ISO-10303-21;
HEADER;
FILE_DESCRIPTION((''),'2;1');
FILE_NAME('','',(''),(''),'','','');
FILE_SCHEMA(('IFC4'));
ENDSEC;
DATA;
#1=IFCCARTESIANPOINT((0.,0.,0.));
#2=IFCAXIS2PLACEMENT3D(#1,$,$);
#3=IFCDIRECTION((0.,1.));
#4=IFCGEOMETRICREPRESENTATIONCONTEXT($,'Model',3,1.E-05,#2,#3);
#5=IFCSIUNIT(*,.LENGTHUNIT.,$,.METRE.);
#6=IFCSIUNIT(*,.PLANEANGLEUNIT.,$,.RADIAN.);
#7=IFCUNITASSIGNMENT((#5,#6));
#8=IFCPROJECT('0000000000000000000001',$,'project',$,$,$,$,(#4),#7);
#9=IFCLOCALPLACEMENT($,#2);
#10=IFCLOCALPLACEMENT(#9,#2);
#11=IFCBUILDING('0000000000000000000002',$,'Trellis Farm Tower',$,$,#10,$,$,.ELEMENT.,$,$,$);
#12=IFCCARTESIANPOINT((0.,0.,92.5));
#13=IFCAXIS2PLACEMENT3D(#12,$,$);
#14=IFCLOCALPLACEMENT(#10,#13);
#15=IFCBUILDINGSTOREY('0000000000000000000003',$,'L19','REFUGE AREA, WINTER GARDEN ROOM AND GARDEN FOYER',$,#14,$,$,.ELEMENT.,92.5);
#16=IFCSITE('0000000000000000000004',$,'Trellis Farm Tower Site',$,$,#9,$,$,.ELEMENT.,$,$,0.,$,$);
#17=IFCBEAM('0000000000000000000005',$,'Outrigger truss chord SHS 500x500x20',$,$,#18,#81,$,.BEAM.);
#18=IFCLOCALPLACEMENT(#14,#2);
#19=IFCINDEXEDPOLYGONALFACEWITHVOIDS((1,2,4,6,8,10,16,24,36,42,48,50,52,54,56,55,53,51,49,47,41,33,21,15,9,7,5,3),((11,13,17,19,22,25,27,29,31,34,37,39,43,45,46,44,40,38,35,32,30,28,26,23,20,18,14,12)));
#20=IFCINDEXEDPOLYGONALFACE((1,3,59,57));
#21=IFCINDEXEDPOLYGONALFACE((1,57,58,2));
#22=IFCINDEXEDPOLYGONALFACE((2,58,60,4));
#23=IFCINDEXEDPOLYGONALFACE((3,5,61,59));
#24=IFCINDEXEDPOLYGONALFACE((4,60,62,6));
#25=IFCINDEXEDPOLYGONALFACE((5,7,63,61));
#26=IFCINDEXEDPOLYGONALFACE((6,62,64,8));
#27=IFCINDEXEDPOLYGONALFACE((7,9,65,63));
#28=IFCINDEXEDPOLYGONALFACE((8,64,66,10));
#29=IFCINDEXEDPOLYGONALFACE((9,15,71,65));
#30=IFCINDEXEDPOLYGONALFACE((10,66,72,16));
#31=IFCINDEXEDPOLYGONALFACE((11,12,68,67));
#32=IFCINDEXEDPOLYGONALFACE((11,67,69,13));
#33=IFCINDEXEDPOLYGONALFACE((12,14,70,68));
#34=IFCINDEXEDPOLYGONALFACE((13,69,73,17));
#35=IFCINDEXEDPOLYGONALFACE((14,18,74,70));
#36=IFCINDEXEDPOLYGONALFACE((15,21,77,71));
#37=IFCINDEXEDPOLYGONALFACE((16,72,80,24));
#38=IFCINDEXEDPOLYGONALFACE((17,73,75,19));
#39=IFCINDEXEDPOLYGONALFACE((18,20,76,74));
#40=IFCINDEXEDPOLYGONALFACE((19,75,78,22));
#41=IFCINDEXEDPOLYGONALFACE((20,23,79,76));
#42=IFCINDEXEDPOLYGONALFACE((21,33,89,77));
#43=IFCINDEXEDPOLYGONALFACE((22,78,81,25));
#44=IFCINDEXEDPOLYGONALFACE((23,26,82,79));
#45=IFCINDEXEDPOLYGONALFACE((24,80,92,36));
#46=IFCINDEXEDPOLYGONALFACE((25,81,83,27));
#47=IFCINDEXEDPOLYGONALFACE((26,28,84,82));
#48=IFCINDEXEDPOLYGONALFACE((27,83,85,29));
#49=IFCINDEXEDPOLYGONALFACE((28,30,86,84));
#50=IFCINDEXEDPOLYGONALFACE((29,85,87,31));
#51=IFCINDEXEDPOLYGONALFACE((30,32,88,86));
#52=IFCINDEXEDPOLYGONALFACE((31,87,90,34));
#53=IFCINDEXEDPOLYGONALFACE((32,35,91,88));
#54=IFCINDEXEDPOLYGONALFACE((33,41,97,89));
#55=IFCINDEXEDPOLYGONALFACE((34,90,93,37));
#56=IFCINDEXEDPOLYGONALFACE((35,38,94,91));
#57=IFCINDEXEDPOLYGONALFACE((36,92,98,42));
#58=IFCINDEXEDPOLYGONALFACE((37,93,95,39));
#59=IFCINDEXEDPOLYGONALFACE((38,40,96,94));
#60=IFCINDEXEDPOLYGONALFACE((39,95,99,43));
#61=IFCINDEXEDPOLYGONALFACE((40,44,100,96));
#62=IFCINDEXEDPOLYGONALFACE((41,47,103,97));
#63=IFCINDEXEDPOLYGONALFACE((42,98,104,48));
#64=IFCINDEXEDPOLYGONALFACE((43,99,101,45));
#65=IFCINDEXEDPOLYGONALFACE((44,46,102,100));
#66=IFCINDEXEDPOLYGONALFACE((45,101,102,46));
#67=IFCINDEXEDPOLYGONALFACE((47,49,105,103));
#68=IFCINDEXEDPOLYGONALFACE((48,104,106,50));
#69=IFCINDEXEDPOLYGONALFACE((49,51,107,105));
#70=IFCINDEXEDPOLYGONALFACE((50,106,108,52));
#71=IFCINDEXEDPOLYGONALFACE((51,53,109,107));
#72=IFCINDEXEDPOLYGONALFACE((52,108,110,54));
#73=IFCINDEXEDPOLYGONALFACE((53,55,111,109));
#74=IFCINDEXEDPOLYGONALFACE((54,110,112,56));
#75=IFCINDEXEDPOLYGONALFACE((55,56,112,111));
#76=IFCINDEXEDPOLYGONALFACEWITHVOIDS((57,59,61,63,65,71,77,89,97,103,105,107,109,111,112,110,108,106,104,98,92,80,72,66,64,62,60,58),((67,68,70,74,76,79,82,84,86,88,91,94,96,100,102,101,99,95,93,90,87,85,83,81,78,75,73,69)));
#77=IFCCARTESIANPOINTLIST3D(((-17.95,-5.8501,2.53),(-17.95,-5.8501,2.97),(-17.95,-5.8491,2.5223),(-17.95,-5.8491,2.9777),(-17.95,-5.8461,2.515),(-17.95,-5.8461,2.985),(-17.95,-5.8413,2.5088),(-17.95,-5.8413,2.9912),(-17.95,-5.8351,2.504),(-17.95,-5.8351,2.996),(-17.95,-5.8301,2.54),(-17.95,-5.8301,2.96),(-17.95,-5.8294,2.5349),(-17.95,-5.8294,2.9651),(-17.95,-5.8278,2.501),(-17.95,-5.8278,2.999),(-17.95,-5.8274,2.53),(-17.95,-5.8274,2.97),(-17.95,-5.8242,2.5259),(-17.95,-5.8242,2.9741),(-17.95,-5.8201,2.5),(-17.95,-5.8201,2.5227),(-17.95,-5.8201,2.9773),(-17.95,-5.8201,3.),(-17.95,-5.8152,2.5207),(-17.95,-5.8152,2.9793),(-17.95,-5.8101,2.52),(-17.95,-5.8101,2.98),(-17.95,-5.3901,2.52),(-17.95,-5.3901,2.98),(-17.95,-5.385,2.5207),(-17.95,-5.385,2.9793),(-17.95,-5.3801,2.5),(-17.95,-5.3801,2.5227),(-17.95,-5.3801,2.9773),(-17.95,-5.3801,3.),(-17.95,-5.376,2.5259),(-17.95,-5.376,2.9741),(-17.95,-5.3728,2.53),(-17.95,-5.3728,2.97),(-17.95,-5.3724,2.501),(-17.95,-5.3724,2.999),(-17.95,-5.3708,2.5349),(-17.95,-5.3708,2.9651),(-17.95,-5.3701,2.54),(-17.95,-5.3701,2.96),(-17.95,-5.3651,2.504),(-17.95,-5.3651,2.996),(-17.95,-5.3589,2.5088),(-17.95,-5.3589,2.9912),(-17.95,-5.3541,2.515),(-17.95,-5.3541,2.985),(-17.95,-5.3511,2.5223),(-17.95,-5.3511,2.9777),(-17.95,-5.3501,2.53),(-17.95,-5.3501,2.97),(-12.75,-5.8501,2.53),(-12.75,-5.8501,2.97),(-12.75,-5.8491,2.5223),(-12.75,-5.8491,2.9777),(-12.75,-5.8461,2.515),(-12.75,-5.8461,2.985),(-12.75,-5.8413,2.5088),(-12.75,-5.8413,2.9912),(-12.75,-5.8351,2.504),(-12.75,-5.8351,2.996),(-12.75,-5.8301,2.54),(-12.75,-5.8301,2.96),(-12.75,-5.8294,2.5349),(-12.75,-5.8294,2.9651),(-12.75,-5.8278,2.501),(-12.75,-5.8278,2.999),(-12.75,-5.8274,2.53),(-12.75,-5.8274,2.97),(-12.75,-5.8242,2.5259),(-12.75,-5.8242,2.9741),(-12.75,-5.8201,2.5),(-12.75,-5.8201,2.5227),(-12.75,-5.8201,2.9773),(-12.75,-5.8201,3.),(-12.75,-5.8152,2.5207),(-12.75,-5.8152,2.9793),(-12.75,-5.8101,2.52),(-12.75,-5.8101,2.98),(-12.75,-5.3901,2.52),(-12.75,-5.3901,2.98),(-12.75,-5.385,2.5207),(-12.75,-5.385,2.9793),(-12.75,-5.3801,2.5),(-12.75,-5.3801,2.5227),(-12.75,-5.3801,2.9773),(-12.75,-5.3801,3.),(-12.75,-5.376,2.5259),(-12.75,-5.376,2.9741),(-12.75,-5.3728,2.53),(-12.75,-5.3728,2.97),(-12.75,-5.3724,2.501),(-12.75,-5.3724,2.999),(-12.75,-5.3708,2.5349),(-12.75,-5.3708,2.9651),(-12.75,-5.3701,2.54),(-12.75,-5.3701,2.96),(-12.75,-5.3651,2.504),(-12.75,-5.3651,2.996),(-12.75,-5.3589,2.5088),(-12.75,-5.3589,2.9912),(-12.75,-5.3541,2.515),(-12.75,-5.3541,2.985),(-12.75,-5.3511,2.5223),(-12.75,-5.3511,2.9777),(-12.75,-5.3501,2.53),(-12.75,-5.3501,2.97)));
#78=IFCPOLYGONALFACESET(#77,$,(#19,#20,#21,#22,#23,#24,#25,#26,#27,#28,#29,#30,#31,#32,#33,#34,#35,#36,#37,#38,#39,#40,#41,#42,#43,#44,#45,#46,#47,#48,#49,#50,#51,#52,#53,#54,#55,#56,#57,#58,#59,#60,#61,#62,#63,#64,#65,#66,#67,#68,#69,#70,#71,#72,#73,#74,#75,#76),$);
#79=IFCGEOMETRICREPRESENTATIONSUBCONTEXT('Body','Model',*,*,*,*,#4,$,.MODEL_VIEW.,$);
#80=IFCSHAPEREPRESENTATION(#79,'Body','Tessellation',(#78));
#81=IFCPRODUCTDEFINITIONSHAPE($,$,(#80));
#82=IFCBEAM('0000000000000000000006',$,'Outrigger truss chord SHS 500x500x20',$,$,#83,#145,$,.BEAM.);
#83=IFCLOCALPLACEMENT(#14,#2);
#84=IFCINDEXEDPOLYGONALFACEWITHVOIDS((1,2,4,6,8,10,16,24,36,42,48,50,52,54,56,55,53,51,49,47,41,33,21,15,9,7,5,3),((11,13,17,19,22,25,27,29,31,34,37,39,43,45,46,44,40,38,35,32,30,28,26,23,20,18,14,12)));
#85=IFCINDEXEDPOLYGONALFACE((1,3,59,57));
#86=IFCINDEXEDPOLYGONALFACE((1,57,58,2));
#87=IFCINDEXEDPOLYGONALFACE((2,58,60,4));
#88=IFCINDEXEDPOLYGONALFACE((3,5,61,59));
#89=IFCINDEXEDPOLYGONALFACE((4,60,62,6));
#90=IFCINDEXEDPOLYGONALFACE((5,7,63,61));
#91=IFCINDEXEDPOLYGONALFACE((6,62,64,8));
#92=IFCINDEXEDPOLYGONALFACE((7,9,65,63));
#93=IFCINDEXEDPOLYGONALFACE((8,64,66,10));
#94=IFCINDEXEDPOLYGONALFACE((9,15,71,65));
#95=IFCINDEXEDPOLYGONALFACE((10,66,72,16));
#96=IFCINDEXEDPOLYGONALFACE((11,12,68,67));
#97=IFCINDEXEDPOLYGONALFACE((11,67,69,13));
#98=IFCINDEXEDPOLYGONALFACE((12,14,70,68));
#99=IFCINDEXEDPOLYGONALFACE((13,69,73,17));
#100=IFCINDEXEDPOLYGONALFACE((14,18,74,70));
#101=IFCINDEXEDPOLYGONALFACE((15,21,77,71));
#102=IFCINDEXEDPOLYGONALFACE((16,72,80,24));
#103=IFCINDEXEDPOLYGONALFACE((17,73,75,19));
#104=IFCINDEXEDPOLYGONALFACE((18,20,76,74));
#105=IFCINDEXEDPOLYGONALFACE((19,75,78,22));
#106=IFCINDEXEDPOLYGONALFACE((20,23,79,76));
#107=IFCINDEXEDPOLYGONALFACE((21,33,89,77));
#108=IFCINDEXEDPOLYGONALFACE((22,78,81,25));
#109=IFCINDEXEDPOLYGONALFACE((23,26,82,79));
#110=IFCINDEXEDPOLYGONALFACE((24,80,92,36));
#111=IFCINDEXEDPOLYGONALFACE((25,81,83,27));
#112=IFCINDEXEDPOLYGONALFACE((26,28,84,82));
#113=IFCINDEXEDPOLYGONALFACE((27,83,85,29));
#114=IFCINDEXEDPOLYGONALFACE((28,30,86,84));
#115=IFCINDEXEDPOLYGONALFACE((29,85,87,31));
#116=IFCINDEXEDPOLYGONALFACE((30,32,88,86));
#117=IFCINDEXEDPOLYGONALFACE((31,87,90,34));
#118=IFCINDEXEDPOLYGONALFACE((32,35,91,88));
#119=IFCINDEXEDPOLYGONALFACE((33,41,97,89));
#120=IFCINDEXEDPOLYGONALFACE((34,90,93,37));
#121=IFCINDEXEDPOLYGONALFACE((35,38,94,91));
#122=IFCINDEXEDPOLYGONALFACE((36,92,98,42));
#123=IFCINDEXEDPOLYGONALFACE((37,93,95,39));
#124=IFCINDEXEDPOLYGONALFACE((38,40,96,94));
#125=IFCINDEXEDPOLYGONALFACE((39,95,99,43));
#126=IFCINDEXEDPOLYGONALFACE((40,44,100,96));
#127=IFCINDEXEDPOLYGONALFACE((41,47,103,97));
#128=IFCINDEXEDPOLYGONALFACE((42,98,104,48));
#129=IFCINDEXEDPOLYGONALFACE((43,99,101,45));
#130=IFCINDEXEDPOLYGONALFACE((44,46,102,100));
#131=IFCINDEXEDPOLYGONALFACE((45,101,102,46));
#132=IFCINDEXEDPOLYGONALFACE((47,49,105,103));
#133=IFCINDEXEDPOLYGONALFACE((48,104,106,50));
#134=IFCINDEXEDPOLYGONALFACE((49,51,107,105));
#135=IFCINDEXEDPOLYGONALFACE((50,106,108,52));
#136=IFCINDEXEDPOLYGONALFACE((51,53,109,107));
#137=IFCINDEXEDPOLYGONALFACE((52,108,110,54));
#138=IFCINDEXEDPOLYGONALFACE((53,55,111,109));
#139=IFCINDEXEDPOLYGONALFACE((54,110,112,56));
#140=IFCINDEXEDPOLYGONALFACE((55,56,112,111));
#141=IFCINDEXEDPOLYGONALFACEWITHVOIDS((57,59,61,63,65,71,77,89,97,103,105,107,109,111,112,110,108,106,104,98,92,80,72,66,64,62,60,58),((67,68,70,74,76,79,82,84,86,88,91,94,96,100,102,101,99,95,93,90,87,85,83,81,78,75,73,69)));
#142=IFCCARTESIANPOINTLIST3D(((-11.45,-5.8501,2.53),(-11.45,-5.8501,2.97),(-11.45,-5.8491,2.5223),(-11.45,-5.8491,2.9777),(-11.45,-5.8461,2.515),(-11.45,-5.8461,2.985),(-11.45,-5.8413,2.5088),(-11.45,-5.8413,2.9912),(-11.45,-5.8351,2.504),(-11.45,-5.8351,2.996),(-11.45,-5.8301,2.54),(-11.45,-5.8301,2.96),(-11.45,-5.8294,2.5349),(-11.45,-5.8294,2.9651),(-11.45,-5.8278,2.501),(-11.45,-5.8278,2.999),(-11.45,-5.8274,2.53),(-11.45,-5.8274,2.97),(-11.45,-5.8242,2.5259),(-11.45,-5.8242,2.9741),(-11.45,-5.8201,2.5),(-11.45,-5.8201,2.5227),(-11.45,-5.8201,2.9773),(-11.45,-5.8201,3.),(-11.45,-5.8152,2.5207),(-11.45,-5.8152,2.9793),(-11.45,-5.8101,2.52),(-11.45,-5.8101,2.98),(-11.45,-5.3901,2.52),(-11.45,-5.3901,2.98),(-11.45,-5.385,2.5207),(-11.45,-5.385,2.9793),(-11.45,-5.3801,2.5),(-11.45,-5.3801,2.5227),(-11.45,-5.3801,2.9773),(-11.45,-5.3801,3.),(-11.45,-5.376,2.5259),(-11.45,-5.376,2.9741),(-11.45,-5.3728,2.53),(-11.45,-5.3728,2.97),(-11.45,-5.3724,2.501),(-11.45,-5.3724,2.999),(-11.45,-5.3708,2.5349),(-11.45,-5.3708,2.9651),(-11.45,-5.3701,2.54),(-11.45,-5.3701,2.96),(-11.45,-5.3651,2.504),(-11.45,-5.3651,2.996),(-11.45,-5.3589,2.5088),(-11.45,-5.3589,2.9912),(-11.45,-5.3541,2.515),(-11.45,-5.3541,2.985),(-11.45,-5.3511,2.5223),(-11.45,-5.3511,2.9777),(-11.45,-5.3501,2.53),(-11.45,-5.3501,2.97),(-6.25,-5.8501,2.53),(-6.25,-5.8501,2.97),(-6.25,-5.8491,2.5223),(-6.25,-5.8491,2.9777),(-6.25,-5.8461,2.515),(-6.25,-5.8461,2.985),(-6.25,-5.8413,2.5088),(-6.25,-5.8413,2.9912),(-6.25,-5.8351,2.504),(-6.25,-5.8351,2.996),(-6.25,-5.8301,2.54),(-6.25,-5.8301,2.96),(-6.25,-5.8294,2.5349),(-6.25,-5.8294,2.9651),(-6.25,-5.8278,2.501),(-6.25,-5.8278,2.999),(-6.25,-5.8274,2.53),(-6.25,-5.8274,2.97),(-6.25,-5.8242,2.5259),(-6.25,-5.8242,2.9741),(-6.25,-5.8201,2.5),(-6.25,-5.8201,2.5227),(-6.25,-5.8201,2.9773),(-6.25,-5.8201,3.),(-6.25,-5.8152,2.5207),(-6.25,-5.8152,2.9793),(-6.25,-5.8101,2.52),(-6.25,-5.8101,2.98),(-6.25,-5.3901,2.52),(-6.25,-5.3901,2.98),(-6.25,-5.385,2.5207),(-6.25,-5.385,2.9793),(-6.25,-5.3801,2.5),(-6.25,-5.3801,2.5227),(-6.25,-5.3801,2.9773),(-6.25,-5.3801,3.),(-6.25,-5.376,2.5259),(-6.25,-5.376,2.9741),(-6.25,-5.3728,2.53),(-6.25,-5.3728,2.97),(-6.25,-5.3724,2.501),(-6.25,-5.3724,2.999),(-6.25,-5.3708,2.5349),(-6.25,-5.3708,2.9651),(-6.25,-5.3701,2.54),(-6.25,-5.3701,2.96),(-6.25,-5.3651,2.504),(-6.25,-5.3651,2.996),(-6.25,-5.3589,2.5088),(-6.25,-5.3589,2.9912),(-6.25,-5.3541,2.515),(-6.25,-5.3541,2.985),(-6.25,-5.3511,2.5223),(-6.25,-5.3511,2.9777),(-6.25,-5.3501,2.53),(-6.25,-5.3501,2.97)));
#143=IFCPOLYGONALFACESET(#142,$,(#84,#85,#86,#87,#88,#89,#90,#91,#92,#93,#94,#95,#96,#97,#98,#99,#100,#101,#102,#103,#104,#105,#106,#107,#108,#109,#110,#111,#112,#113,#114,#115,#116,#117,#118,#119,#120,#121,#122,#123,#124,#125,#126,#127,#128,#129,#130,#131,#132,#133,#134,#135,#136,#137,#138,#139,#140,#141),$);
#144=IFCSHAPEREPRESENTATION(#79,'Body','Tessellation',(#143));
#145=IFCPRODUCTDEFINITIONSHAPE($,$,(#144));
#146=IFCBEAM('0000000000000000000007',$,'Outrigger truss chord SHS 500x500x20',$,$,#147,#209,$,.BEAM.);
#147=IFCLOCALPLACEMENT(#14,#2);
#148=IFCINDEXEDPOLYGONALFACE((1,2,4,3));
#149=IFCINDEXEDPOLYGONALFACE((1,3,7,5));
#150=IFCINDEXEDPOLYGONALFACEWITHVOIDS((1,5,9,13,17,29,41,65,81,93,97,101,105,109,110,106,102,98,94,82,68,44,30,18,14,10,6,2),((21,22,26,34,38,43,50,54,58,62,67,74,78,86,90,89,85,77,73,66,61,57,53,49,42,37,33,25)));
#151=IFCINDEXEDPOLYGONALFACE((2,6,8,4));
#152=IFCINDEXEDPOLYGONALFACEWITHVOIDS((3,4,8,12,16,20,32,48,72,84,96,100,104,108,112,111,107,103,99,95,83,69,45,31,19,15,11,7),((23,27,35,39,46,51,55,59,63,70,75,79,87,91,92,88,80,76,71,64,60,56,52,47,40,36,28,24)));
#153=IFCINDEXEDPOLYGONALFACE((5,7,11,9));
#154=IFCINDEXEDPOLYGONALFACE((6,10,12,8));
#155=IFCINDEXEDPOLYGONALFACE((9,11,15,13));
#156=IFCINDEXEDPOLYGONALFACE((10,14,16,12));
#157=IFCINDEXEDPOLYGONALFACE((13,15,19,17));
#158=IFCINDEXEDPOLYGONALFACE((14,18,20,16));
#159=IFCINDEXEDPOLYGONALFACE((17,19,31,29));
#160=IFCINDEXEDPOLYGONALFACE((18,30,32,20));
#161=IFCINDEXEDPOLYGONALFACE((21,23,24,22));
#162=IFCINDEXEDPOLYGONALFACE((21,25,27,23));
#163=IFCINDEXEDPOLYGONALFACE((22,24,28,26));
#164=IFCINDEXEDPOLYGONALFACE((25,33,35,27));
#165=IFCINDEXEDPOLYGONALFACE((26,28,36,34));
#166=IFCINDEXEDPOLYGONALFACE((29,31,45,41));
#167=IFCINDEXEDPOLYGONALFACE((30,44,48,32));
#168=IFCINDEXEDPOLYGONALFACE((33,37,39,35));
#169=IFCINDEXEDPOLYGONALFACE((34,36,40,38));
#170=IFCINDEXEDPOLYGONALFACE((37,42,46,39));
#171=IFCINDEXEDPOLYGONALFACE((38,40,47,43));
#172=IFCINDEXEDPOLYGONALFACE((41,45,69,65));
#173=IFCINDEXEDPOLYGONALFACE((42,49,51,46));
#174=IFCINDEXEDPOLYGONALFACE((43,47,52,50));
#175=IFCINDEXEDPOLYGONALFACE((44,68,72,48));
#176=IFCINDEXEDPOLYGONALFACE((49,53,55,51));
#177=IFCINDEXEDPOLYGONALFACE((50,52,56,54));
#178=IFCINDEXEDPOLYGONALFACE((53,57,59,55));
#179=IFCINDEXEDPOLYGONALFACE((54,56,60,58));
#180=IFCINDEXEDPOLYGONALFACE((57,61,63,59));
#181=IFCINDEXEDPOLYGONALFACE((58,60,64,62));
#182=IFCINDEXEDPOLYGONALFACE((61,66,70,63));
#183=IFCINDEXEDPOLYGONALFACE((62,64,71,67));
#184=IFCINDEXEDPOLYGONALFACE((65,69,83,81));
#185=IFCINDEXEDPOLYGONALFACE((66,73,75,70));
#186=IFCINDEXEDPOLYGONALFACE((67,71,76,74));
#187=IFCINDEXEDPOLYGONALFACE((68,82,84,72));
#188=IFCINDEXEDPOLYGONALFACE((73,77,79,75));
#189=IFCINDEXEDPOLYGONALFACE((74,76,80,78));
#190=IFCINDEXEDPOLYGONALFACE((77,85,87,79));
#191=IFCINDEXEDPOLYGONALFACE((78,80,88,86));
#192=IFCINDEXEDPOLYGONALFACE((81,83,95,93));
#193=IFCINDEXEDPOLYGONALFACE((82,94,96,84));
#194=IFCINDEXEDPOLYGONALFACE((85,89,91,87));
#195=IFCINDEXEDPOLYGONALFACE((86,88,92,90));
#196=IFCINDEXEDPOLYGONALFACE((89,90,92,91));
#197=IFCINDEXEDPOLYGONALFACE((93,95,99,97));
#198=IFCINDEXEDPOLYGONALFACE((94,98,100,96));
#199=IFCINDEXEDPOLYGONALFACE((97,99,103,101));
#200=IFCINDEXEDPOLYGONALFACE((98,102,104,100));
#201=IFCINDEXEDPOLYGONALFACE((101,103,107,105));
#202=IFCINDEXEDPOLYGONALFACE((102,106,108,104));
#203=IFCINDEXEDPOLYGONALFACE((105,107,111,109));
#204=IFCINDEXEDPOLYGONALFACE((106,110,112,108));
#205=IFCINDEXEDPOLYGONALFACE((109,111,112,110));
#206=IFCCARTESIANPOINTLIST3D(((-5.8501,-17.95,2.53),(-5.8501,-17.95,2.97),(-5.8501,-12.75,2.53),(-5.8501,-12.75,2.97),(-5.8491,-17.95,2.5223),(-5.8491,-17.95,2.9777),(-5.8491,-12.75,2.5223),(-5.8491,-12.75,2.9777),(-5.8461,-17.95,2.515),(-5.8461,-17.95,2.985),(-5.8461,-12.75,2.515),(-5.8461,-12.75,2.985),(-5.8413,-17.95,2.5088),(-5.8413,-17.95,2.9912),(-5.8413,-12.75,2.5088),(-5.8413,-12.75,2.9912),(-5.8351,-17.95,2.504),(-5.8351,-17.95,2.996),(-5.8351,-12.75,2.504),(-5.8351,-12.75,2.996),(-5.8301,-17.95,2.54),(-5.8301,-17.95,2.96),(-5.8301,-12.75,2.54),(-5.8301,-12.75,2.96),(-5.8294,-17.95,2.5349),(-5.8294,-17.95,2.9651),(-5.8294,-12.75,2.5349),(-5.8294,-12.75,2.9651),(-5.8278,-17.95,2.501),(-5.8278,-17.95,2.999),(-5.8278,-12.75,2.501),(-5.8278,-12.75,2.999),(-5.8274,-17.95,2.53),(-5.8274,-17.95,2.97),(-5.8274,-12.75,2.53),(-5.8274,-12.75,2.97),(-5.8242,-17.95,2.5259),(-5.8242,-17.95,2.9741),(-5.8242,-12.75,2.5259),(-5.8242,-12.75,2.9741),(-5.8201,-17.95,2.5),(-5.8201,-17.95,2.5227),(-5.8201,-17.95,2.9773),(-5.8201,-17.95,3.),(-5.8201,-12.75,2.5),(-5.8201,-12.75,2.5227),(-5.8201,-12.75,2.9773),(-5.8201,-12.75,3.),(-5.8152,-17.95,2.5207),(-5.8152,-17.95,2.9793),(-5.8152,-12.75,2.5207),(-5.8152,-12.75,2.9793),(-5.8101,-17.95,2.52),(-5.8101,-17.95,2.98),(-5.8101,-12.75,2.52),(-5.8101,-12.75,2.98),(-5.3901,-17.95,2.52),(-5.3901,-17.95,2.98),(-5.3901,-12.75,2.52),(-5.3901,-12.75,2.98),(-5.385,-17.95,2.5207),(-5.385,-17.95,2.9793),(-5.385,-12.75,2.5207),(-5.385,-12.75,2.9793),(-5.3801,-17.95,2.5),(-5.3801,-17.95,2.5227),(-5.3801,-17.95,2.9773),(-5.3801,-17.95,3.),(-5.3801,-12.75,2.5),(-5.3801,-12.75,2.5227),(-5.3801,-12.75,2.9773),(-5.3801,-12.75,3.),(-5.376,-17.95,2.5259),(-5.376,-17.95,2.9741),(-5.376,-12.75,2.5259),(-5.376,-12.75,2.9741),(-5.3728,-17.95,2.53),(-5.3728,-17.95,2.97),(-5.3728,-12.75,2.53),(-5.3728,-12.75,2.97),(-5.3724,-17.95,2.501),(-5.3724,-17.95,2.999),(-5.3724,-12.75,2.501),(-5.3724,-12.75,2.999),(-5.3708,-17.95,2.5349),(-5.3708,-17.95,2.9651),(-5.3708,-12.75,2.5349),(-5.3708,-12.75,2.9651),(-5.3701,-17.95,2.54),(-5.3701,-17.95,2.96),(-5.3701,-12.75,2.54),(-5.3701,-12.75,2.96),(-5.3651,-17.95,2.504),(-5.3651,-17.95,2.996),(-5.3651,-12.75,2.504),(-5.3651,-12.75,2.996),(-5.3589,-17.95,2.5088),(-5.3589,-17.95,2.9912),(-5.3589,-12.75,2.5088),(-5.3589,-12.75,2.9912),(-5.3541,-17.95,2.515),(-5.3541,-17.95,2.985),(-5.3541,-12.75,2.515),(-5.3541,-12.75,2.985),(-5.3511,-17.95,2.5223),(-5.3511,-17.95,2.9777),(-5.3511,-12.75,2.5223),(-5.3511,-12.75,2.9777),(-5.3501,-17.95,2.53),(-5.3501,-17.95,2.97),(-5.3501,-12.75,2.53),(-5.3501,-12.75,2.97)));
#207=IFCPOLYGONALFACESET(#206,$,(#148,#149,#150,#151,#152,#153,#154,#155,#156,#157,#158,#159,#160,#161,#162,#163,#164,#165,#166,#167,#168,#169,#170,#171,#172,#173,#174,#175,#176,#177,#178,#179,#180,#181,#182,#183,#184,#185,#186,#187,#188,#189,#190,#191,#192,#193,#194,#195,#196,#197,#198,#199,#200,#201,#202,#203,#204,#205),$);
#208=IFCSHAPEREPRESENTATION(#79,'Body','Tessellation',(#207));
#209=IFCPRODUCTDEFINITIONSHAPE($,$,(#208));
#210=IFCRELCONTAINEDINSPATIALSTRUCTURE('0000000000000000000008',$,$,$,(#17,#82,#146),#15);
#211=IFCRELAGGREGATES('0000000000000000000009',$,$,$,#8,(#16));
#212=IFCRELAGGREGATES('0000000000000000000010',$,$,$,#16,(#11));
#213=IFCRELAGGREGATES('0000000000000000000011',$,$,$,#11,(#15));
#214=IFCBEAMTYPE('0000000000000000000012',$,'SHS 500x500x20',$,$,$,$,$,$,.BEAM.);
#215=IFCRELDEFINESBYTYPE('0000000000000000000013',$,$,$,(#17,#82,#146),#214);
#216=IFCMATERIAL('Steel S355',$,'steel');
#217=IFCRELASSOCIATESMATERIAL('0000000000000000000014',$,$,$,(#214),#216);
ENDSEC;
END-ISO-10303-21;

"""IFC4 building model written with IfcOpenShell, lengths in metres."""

from ifc_helpers import new_model, si_unit, direction, frame, origin, origin_2d, place, context, subcontext, project, spatial, hollow_rectangle, extrude, source, transform, mapped, material, material_profile, profile_set, type_object, element, save


model = new_model("IFC4")

# Units and contexts
model_context = context("Model", 3, precision=1e-05, world=origin(), true_north=direction((0.0, 1.0)))
body_context = subcontext(model_context, "Body", "Model", "MODEL_VIEW")
ifc_project = project(units=[si_unit("LENGTHUNIT", "METRE"), si_unit("PLANEANGLEUNIT", "RADIAN")], contexts=[model_context])

# Site, building, storey
site_placement = place(None, origin())
site = spatial("IfcSite", under=ifc_project, at=site_placement, Name="Trellis Farm Tower Site", CompositionType="ELEMENT", RefElevation=0.0)
building_placement = place(site_placement, origin())
building = spatial("IfcBuilding", under=site, at=building_placement, Name="Trellis Farm Tower", CompositionType="ELEMENT")
storey_placement = place(building_placement, frame((0.0, 0.0, 92.5)))
storey = spatial("IfcBuildingStorey", under=building, at=storey_placement, Name="L19", Description="REFUGE AREA, WINTER GARDEN ROOM AND GARDEN FOYER", CompositionType="ELEMENT", Elevation=92.5)

# Beams
ifc_material_1 = material(Name="Steel S355", Category="steel")
ifc_material_profile_1 = material_profile(ifc_material_1, hollow_rectangle(XDim=0.5, YDim=0.5, WallThickness=0.02, InnerFilletRadius=0.02, OuterFilletRadius=0.03, at=origin_2d()), Name="SHS 500x500x20")
ifc_profile_set_1 = profile_set([ifc_material_profile_1], Name="Steel S355")
beam_type_1 = type_object("IfcBeamType", Name="SHS 500x500x20", PredefinedType="BEAM", material=ifc_profile_set_1)
shared_shape_1 = source(origin(), body_context, "Body", "SweptSolid", [
    extrude(hollow_rectangle(XDim=0.5, YDim=0.5, WallThickness=0.02, InnerFilletRadius=0.02, OuterFilletRadius=0.03, at=origin_2d()), origin(), (0.0, 0.0, 1.0), 5.2),
])
for number, where, z_axis, x_axis, name in (
    (1, (-17.95, -5.6001, 2.75), (1.0, 0.0, 0.0), (0.0, 1.0, 0.0), "Outrigger truss chord SHS 500x500x20"),
    (2, (-11.45, -5.6001, 2.75), (1.0, 0.0, 0.0), (0.0, 1.0, 0.0), "Outrigger truss chord SHS 500x500x20"),
    (3, (-5.6001, -17.95, 2.75), (0.0, 1.0, 0.0), (-1.0, 0.0, 0.0), "Outrigger truss chord SHS 500x500x20"),
):
    element("IfcBeam", number, at=place(storey_placement, frame(where, z_axis=z_axis, x_axis=x_axis)), inside=storey, type_object=beam_type_1, Name=name, PredefinedType="BEAM", context=body_context, shape_type="MappedRepresentation", body=[
        mapped(shared_shape_1, transform((0.0, 0.0, 0.0))),
    ])

save(model, "model.ifc")
